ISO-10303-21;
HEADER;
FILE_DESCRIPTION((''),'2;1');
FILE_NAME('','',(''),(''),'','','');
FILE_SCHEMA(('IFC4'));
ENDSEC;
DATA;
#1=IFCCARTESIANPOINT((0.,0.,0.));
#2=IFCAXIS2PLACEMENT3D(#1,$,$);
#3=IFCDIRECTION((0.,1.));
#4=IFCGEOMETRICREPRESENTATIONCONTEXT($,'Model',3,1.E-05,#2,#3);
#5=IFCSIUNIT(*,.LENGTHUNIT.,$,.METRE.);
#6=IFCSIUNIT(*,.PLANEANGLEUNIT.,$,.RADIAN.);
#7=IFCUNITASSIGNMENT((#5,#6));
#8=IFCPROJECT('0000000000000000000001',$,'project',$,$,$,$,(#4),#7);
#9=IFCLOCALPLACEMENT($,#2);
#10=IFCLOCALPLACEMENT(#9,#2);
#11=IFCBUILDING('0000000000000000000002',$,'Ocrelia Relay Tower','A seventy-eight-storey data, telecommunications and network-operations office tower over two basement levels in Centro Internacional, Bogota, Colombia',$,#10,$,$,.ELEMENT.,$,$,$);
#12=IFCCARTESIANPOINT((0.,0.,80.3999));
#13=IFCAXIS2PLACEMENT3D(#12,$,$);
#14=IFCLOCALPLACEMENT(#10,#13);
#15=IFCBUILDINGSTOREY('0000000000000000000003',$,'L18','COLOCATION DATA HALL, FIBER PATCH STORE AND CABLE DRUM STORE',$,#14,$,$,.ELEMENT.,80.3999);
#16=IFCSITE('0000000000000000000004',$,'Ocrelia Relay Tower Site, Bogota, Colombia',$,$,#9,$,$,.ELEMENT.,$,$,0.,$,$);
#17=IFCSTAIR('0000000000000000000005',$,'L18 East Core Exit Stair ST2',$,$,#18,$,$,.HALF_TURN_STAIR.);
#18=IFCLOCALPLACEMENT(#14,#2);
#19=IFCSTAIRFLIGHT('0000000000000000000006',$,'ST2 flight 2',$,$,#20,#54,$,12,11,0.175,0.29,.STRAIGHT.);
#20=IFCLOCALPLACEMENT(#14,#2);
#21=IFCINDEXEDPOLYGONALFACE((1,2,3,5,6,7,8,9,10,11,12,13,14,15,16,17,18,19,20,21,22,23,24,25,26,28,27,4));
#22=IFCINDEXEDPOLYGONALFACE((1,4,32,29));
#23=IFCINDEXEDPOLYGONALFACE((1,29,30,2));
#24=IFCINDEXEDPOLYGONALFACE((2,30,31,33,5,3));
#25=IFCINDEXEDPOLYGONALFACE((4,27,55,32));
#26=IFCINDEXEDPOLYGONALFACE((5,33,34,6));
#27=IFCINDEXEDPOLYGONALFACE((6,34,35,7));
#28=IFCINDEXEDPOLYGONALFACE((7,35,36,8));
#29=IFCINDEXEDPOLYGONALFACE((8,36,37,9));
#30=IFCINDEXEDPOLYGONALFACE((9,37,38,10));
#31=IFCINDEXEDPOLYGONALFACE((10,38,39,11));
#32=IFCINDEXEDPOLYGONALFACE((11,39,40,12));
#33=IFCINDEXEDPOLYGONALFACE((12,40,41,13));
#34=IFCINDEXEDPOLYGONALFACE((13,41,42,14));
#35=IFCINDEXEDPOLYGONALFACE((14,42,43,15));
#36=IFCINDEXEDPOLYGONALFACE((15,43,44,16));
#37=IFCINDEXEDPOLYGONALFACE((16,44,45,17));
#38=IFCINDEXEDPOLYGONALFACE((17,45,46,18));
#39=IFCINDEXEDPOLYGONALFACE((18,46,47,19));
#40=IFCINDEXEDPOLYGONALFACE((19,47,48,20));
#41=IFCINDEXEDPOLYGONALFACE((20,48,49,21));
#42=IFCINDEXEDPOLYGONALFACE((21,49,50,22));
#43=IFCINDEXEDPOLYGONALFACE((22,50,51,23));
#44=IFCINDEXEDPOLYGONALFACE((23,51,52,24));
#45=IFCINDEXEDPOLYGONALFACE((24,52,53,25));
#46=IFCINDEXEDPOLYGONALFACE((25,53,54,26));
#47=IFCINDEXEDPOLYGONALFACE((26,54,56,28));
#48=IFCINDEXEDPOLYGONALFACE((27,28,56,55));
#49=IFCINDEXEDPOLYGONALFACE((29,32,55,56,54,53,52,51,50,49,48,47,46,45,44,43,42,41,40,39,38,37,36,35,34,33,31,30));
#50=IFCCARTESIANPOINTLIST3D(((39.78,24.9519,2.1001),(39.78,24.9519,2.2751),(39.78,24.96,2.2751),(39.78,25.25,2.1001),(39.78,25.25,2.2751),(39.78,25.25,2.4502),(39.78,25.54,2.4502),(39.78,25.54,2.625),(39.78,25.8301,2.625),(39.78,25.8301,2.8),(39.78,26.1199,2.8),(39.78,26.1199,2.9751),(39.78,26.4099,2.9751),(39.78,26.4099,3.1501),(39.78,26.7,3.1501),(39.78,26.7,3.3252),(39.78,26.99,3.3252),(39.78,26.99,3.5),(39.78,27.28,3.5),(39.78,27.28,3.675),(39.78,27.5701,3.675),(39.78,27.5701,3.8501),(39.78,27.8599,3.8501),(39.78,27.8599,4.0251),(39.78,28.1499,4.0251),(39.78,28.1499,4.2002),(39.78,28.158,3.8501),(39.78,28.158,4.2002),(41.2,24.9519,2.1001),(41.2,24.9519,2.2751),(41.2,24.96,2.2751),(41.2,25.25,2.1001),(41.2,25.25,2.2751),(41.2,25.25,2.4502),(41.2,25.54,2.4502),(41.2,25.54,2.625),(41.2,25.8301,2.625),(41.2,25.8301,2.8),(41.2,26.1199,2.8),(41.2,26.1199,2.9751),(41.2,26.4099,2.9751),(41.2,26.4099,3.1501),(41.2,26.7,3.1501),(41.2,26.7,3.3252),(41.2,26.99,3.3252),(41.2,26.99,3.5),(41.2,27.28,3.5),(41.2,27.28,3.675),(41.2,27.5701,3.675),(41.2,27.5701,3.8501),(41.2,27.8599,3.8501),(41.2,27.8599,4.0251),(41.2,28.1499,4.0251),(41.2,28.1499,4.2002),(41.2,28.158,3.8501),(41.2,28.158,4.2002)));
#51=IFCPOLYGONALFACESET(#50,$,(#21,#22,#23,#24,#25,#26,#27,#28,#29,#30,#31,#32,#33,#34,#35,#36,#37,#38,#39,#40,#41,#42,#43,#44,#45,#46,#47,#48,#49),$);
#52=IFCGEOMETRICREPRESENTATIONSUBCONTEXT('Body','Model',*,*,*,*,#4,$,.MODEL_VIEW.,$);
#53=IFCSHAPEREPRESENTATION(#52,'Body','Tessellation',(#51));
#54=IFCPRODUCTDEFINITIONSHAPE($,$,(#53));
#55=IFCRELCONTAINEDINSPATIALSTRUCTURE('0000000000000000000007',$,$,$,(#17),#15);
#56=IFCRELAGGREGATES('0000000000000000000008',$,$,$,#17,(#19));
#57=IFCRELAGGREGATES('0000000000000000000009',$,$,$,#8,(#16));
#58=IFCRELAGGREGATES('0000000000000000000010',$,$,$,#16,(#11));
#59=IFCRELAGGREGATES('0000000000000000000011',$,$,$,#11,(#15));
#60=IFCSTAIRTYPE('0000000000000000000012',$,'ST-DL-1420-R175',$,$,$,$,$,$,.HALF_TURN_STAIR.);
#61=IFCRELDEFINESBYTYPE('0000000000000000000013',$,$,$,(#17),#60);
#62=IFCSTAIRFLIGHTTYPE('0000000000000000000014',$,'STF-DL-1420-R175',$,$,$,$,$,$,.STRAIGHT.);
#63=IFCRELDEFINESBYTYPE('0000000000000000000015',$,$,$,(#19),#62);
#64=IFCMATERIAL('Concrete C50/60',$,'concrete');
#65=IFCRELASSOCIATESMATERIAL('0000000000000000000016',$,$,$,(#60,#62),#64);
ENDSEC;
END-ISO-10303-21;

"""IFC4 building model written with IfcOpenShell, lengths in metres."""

from ifc_helpers import new_model, si_unit, direction, frame, origin, place, context, subcontext, project, spatial, polyline, outline, extrude, material, type_object, element, aggregate, save


model = new_model("IFC4")

# Units and contexts
model_context = context("Model", 3, precision=1e-05, world=origin(), true_north=direction((0.0, 1.0)))
body_context = subcontext(model_context, "Body", "Model", "MODEL_VIEW")
ifc_project = project(units=[si_unit("LENGTHUNIT", "METRE"), si_unit("PLANEANGLEUNIT", "RADIAN")], contexts=[model_context])

# Site, building, storey
site_placement = place(None, origin())
site = spatial("IfcSite", under=ifc_project, at=site_placement, Name="Ocrelia Relay Tower Site, Bogota, Colombia", CompositionType="ELEMENT", RefElevation=0.0)
building_placement = place(site_placement, origin())
building = spatial("IfcBuilding", under=site, at=building_placement, Name="Ocrelia Relay Tower", Description="A seventy-eight-storey data, telecommunications and network-operations office tower over two basement levels in Centro Internacional, Bogota, Colombia", CompositionType="ELEMENT")
storey_placement = place(building_placement, frame((0.0, 0.0, 80.3999)))
storey = spatial("IfcBuildingStorey", under=building, at=storey_placement, Name="L18", Description="COLOCATION DATA HALL, FIBER PATCH STORE AND CABLE DRUM STORE", CompositionType="ELEMENT", Elevation=80.3999)

# Shared definitions
ifc_material_1 = material(Name="Concrete C50/60", Category="concrete")

# Stair, stair flight
stair_type = type_object("IfcStairType", Name="ST-DL-1420-R175", PredefinedType="HALF_TURN_STAIR", material=ifc_material_1)
stair_placement = place(storey_placement, origin())
stair = element("IfcStair", 1, at=stair_placement, inside=storey, type_object=stair_type, Name="L18 East Core Exit Stair ST2", PredefinedType="HALF_TURN_STAIR")
stair_flight_type = type_object("IfcStairFlightType", Name="STF-DL-1420-R175", PredefinedType="STRAIGHT", material=ifc_material_1)
stair_flight_placement = place(storey_placement, frame((40.49, 24.96, 2.1001), z_axis=(0.0, 0.0, 1.0), x_axis=(0.0, 1.0, 0.0)))
stair_flight = element("IfcStairFlight", 2, at=stair_flight_placement, type_object=stair_flight_type, Name="ST2 flight 2", NumberOfRisers=12, NumberOfTreads=11, PredefinedType="STRAIGHT", RiserHeight=0.175, TreadLength=0.29, context=body_context, shape_type="SweptSolid", body=[
    extrude(outline(polyline([(-0.0081, 0.0), (-0.0081, 0.175), (0.0, 0.175), (0.29, 0.175), (0.29, 0.3501), (0.5801, 0.3501), (0.5801, 0.5249), (0.8701, 0.5249), (0.8701, 0.7), (1.1599, 0.7), (1.1599, 0.875), (1.45, 0.875), (1.45, 1.05), (1.74, 1.05), (1.74, 1.2251), (2.03, 1.2251), (2.03, 1.3999), (2.3201, 1.3999), (2.3201, 1.575), (2.6101, 1.575), (2.6101, 1.75), (2.8999, 1.75), (2.8999, 1.925), (3.1899, 1.925), (3.1899, 2.1001), (3.198, 2.1001), (3.198, 1.75), (0.29, 0.0), (-0.0081, 0.0)])), frame((0.0, 0.71, 0.0), z_axis=(0.0, -1.0, 0.0), x_axis=(1.0, 0.0, 0.0)), (0.0, 0.0, 1.0), 1.4199),
])
aggregate(stair, [stair_flight])

save(model, "model.ifc")
